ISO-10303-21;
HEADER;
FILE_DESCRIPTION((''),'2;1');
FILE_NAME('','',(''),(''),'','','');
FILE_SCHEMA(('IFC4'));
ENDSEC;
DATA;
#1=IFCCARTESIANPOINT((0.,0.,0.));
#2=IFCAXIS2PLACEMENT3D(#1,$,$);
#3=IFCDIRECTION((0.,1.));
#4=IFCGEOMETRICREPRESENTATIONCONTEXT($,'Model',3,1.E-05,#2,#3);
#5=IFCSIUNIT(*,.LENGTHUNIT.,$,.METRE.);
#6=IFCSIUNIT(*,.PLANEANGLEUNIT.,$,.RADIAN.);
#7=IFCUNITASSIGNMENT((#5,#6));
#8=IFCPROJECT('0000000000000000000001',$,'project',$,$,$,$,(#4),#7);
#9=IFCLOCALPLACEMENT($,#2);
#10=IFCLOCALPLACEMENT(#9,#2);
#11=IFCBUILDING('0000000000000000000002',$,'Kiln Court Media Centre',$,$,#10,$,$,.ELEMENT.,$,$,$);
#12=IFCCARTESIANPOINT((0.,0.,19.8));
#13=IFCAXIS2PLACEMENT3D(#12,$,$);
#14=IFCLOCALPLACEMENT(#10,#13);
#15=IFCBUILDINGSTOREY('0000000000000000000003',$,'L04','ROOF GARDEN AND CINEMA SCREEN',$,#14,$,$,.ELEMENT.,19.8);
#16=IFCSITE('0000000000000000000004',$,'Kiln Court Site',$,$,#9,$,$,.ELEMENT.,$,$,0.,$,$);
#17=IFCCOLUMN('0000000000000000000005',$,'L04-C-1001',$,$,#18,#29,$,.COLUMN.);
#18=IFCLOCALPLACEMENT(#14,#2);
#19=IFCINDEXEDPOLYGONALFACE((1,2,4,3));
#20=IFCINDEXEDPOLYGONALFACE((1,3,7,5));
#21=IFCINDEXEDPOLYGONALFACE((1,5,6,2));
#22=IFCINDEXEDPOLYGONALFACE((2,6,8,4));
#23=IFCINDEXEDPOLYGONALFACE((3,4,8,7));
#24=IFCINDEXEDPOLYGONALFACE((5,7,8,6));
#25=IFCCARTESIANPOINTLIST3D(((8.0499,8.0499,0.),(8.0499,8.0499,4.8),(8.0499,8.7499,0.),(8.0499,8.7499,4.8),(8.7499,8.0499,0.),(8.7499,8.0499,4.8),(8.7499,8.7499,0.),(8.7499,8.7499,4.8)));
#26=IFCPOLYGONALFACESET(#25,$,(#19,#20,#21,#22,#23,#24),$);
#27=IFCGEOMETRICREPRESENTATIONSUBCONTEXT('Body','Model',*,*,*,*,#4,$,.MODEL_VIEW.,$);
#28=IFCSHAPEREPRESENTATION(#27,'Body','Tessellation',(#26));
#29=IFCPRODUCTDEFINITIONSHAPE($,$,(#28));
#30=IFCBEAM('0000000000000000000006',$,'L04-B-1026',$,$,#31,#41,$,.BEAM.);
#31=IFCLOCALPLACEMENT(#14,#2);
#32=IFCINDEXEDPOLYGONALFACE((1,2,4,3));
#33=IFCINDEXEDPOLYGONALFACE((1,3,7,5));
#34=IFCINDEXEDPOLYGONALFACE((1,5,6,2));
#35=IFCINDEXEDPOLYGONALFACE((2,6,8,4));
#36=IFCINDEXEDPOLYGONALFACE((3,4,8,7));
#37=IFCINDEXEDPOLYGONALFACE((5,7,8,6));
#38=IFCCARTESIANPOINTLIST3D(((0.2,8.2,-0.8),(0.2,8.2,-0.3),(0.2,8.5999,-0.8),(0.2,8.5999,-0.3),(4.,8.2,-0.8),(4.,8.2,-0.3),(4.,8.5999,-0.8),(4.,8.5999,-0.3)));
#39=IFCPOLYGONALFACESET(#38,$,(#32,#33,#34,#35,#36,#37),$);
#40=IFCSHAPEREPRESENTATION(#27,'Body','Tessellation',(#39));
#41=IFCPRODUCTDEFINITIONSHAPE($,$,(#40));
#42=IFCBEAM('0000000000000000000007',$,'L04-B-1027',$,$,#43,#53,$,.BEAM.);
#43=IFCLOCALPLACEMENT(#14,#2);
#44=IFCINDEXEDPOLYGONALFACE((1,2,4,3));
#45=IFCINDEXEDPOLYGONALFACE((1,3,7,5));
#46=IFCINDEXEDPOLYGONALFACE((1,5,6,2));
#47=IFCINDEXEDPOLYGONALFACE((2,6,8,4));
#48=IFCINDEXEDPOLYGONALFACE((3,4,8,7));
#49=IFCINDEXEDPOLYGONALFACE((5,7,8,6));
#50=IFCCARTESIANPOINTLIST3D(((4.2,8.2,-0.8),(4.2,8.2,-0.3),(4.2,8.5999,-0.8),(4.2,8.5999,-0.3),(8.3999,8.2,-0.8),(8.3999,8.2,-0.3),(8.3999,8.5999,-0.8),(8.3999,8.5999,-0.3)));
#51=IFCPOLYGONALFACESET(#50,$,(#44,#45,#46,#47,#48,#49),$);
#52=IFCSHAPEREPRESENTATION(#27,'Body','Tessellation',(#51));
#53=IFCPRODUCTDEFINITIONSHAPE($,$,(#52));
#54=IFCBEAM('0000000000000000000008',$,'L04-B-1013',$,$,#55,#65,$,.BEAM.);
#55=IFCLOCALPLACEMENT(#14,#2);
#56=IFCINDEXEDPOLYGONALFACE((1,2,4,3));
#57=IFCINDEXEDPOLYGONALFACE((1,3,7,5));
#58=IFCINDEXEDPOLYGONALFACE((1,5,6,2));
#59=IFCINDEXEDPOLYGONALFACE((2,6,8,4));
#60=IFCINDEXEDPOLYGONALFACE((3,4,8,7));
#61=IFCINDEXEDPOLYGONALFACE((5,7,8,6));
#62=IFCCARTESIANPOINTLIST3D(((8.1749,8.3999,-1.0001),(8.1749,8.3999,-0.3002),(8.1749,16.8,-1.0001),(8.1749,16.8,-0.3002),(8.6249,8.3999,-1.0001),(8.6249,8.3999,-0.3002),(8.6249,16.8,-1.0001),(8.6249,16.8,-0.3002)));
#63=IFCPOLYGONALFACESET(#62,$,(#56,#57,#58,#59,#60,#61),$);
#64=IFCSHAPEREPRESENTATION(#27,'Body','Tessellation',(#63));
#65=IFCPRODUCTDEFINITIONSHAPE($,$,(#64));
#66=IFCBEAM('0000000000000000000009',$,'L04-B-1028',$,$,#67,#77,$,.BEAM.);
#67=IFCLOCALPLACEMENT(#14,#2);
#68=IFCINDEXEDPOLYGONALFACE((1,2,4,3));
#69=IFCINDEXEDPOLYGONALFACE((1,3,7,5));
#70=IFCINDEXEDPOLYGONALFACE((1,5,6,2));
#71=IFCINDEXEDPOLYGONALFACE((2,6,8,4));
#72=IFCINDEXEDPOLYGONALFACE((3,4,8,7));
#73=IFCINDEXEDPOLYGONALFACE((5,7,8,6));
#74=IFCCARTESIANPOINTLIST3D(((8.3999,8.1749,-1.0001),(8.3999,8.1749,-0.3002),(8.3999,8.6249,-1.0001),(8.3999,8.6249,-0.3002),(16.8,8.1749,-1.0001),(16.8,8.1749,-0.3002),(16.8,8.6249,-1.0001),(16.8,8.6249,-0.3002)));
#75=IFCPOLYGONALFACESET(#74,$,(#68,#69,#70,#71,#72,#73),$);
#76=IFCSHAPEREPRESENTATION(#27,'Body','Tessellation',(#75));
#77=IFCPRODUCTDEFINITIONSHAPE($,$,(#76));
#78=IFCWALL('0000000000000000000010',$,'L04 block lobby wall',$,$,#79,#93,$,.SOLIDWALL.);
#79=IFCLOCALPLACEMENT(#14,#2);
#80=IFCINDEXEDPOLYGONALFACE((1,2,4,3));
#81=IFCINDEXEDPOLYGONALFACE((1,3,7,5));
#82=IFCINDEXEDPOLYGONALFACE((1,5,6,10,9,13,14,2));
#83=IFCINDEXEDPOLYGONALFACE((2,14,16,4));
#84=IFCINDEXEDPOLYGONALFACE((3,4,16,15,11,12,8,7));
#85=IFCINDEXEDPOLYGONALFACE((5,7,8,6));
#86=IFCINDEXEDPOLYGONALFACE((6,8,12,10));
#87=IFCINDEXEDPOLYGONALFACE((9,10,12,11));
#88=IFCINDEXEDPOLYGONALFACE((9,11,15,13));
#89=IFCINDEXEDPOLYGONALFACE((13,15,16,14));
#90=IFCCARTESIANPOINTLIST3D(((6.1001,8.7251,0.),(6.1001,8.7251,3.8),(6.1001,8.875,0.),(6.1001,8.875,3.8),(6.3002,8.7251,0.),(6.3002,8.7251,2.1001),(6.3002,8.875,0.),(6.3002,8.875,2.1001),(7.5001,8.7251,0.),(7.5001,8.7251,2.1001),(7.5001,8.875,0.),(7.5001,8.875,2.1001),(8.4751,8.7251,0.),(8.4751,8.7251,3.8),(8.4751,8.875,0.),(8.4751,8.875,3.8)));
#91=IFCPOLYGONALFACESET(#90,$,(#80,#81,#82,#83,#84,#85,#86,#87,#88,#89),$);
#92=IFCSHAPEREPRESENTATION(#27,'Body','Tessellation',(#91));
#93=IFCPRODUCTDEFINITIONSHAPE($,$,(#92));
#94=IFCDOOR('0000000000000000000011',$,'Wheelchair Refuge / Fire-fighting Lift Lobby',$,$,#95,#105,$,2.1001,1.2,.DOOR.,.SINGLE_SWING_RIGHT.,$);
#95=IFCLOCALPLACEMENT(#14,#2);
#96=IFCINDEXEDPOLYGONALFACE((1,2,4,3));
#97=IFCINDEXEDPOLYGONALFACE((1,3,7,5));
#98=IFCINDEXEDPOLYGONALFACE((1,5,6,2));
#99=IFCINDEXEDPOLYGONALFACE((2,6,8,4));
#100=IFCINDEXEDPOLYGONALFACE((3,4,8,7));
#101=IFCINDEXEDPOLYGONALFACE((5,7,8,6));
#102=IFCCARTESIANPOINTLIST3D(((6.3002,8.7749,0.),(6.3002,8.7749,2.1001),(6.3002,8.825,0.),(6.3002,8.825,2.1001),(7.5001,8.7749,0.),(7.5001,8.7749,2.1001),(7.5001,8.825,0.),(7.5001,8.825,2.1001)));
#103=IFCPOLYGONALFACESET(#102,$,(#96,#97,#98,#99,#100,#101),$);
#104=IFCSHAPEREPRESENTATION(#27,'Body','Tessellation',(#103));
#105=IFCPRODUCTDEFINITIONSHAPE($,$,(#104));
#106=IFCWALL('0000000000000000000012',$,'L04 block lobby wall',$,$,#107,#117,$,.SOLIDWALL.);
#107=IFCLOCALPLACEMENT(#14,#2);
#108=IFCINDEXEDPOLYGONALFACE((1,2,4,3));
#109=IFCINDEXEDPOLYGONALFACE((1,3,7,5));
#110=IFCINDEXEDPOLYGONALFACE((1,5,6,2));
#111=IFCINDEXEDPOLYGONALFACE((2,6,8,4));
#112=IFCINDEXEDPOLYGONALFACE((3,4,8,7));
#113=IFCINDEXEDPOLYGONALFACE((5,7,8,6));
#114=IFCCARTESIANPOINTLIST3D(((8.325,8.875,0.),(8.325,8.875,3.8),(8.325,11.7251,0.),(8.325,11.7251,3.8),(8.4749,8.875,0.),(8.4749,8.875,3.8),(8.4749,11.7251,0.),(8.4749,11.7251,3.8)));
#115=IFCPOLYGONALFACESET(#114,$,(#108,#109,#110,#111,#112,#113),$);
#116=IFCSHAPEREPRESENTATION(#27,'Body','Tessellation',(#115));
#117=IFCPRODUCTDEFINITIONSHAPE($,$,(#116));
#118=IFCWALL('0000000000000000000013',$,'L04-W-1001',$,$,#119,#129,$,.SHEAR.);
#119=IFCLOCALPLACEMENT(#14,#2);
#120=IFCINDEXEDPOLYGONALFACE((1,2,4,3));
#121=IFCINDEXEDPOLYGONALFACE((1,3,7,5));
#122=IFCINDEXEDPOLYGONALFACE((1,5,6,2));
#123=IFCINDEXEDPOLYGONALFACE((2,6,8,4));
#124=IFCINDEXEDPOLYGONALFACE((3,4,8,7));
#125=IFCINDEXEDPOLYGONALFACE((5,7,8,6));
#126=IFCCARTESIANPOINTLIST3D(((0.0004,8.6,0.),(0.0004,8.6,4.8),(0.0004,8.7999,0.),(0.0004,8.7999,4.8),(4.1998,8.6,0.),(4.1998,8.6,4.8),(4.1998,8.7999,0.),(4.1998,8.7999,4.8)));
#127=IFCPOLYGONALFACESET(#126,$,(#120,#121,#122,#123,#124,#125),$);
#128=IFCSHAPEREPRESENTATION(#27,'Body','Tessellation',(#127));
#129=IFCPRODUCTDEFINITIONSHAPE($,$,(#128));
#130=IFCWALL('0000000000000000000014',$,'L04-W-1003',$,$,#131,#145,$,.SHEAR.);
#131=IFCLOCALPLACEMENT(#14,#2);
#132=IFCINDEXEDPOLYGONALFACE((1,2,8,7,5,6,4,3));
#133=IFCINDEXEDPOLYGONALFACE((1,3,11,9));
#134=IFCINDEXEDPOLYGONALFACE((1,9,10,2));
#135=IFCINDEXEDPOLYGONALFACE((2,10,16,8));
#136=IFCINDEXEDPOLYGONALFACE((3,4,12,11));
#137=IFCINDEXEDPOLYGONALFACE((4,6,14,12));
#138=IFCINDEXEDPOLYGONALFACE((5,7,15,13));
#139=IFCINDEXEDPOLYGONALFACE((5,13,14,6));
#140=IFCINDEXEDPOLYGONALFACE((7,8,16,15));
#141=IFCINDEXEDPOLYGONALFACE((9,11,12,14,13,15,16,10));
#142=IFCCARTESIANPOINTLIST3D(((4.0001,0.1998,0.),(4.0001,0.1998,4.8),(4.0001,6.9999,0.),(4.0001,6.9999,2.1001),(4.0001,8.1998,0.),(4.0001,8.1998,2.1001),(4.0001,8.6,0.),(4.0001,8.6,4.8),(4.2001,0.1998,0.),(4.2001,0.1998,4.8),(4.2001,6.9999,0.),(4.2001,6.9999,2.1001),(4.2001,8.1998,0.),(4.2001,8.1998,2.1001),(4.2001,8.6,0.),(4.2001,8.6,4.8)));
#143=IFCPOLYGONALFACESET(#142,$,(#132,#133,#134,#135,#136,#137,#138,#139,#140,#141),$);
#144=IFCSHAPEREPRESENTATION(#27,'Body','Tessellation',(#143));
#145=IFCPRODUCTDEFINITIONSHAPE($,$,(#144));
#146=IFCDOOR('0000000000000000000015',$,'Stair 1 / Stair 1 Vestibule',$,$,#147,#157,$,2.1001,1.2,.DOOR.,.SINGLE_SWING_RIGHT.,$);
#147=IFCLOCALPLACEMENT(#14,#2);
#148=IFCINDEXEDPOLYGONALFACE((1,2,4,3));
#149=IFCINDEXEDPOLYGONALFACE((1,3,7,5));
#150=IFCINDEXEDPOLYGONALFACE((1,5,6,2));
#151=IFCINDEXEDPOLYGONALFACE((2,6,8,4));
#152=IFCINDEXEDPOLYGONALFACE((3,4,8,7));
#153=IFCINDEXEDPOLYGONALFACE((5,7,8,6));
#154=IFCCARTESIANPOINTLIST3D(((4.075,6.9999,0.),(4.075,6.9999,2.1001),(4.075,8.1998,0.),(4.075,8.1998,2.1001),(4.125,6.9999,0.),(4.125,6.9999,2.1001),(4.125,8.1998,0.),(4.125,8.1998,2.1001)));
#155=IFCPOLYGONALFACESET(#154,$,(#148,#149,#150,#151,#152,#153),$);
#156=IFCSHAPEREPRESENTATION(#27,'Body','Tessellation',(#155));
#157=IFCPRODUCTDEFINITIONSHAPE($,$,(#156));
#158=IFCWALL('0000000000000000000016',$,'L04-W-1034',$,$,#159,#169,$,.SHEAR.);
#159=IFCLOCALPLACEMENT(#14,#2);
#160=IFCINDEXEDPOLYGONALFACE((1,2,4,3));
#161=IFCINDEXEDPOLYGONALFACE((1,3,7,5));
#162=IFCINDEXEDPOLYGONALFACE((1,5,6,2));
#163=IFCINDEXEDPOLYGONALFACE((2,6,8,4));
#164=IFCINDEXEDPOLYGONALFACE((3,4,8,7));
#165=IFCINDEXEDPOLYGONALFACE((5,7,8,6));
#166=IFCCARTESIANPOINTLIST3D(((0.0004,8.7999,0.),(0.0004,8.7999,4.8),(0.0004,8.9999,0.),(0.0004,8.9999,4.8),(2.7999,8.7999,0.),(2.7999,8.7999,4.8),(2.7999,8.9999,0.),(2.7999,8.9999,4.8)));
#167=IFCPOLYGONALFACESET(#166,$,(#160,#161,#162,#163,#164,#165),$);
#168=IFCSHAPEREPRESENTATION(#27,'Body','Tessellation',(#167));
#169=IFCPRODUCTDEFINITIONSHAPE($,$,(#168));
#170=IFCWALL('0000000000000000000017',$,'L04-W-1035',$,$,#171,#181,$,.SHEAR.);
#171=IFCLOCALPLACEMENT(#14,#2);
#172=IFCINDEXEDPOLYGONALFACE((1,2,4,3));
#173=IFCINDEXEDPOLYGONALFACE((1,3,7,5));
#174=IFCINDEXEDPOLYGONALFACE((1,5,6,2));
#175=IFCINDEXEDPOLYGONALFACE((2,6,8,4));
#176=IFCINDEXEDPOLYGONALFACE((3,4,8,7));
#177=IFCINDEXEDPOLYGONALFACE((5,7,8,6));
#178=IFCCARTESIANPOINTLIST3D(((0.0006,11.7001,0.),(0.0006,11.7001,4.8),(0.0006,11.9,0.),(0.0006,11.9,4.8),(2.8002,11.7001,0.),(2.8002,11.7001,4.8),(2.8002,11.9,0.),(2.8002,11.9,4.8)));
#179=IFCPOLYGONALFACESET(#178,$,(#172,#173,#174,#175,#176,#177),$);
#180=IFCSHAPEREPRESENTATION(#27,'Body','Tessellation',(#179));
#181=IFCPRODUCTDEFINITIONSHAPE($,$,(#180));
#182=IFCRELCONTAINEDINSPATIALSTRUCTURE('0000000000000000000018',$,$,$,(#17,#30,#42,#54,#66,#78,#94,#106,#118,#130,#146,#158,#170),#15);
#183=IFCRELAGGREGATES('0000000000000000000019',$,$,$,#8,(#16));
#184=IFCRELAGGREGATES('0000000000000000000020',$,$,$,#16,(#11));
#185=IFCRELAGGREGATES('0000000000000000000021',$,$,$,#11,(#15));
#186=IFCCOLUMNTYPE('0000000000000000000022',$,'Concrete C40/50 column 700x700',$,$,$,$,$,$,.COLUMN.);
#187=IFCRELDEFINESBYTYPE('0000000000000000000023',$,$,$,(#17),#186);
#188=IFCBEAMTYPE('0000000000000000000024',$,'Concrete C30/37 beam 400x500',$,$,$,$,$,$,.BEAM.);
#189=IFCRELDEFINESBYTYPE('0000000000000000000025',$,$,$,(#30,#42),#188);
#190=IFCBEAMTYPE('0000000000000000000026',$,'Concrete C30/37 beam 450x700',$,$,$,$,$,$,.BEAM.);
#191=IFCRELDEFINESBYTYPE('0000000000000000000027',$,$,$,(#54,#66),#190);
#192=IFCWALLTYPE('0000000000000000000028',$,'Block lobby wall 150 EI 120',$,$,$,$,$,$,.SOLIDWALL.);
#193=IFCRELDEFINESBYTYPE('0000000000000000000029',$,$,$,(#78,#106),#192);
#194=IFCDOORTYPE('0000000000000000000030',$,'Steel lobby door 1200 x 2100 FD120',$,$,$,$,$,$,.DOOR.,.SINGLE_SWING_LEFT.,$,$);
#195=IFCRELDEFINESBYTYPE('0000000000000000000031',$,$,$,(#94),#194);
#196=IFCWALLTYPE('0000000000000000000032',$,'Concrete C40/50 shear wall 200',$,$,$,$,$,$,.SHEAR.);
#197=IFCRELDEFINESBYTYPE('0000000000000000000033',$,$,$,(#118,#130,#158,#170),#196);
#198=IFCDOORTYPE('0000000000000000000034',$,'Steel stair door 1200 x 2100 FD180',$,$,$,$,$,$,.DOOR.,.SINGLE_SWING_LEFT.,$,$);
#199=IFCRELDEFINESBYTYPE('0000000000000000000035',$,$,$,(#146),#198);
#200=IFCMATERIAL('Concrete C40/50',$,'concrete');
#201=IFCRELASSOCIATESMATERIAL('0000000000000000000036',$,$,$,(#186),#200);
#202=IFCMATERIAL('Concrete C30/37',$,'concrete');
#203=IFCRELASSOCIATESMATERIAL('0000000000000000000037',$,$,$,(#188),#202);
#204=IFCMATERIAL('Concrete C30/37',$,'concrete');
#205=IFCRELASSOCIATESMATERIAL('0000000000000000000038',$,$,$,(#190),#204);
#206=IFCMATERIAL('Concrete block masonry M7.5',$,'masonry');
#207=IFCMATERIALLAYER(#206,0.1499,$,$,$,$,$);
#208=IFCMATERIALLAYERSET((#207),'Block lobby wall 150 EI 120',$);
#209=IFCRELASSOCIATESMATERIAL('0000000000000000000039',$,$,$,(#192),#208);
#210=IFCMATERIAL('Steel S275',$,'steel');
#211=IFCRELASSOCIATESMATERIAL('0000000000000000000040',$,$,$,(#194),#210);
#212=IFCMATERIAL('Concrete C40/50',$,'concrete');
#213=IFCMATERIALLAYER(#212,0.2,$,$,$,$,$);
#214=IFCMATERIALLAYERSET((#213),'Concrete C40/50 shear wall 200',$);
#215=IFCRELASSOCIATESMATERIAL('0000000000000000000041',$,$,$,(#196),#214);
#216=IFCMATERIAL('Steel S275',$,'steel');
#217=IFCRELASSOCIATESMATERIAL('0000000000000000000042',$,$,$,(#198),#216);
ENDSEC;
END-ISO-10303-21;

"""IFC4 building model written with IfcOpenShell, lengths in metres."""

from ifc_helpers import new_model, si_unit, direction, frame, frame_2d, origin, origin_2d, place, context, subcontext, project, spatial, rectangle, extrude, material, layer, layer_set, material_profile, profile_set, type_object, element, fill, save


model = new_model("IFC4")

# Units and contexts
model_context = context("Model", 3, precision=1e-05, world=origin(), true_north=direction((0.0, 1.0)))
body_context = subcontext(model_context, "Body", "Model", "MODEL_VIEW")
ifc_project = project(units=[si_unit("LENGTHUNIT", "METRE"), si_unit("PLANEANGLEUNIT", "RADIAN")], contexts=[model_context])

# Site, building, storey
site_placement = place(None, origin())
site = spatial("IfcSite", under=ifc_project, at=site_placement, Name="Kiln Court Site", CompositionType="ELEMENT", RefElevation=0.0)
building_placement = place(site_placement, origin())
building = spatial("IfcBuilding", under=site, at=building_placement, Name="Kiln Court Media Centre", CompositionType="ELEMENT")
storey_placement = place(building_placement, frame((0.0, 0.0, 19.8)))
storey = spatial("IfcBuildingStorey", under=building, at=storey_placement, Name="L04", Description="ROOF GARDEN AND CINEMA SCREEN", CompositionType="ELEMENT", Elevation=19.8)

# Column
ifc_material_1 = material(Name="Concrete C40/50", Category="concrete")
ifc_material_profile_1 = material_profile(ifc_material_1, rectangle(XDim=0.7, YDim=0.7, at=origin_2d()), Name="RC 700x700")
ifc_profile_set_1 = profile_set([ifc_material_profile_1], Name="Concrete C40/50")
column_type = type_object("IfcColumnType", Name="Concrete C40/50 column 700x700", PredefinedType="COLUMN", material=ifc_profile_set_1)
column_placement = place(storey_placement, frame((8.3999, 8.3999, 0.0), z_axis=(0.0, 0.0, 1.0), x_axis=(1.0, 0.0, 0.0)))
element("IfcColumn", 1, at=column_placement, inside=storey, type_object=column_type, Name="L04-C-1001", PredefinedType="COLUMN", context=body_context, shape_type="SweptSolid", body=[
    extrude(rectangle(XDim=0.7, YDim=0.7, at=origin_2d()), origin(), (0.0, 0.0, 1.0), 4.8),
])

# Beams
ifc_material_2 = material(Name="Concrete C30/37", Category="concrete")
ifc_material_profile_2 = material_profile(ifc_material_2, rectangle(XDim=0.3999, YDim=0.5, at=origin_2d()), Name="RC 400x500")
ifc_profile_set_2 = profile_set([ifc_material_profile_2], Name="Concrete C30/37")
beam_type_1 = type_object("IfcBeamType", Name="Concrete C30/37 beam 400x500", PredefinedType="BEAM", material=ifc_profile_set_2)
beam_1_placement = place(storey_placement, frame((0.2, 8.3999, -0.55), z_axis=(1.0, 0.0, 0.0), x_axis=(0.0, 1.0, 0.0)))
element("IfcBeam", 2, at=beam_1_placement, inside=storey, type_object=beam_type_1, Name="L04-B-1026", PredefinedType="BEAM", context=body_context, shape_type="SweptSolid", body=[
    extrude(rectangle(XDim=0.3999, YDim=0.5, at=origin_2d()), origin(), (0.0, 0.0, 1.0), 3.8),
])
beam_2_placement = place(storey_placement, frame((4.2, 8.3999, -0.55), z_axis=(1.0, 0.0, 0.0), x_axis=(0.0, 1.0, 0.0)))
element("IfcBeam", 3, at=beam_2_placement, inside=storey, type_object=beam_type_1, Name="L04-B-1027", PredefinedType="BEAM", context=body_context, shape_type="SweptSolid", body=[
    extrude(rectangle(XDim=0.3999, YDim=0.5, at=origin_2d()), origin(), (0.0, 0.0, 1.0), 4.2),
])
ifc_material_3 = material(Name="Concrete C30/37", Category="concrete")
ifc_material_profile_3 = material_profile(ifc_material_3, rectangle(XDim=0.45, YDim=0.7, at=origin_2d()), Name="RC 450x700")
ifc_profile_set_3 = profile_set([ifc_material_profile_3], Name="Concrete C30/37")
beam_type_2 = type_object("IfcBeamType", Name="Concrete C30/37 beam 450x700", PredefinedType="BEAM", material=ifc_profile_set_3)
for number, where, z_axis, x_axis, name in (
    (4, (8.3999, 8.3999, -0.6501), (0.0, 1.0, 0.0), (-1.0, 0.0, 0.0), "L04-B-1013"),
    (5, (8.3999, 8.3999, -0.6501), (1.0, 0.0, 0.0), (0.0, 1.0, 0.0), "L04-B-1028"),
):
    element("IfcBeam", number, at=place(storey_placement, frame(where, z_axis=z_axis, x_axis=x_axis)), inside=storey, type_object=beam_type_2, Name=name, PredefinedType="BEAM", context=body_context, shape_type="SweptSolid", body=[
        extrude(rectangle(XDim=0.45, YDim=0.7, at=origin_2d()), origin(), (0.0, 0.0, 1.0), 8.4001),
    ])

# Wall, opening, door
ifc_material_4 = material(Name="Concrete block masonry M7.5", Category="masonry")
ifc_layer_1 = layer(ifc_material_4, 0.1499)
ifc_layer_set_1 = layer_set([ifc_layer_1], Name="Block lobby wall 150 EI 120")
wall_type_1 = type_object("IfcWallType", Name="Block lobby wall 150 EI 120", PredefinedType="SOLIDWALL", material=ifc_layer_set_1)
wall_1_placement = place(storey_placement, frame((6.1001, 8.8, 0.0), z_axis=(0.0, 0.0, 1.0), x_axis=(1.0, 0.0, 0.0)))
wall_1 = element("IfcWall", 6, at=wall_1_placement, inside=storey, type_object=wall_type_1, Name="L04 block lobby wall", PredefinedType="SOLIDWALL", context=body_context, shape_type="SweptSolid", body=[
    extrude(rectangle(XDim=2.375, YDim=0.1499, at=frame_2d((1.1875, 0.0))), origin(), (0.0, 0.0, 1.0), 3.8),
])
opening_1_placement = place(wall_1_placement, frame((0.2, 0.0, 0.0)))
opening_1 = element("IfcOpeningElement", 7, at=opening_1_placement, cuts=wall_1, PredefinedType="OPENING", context=body_context, shape_type="SweptSolid", body=[
    extrude(rectangle(XDim=1.2, YDim=2.1001, at=frame_2d((0.6001, 1.05))), frame((0.0, 0.085, 0.0), z_axis=(0.0, -1.0, 0.0), x_axis=(1.0, 0.0, 0.0)), (0.0, 0.0, 1.0), 0.1699),
])
ifc_material_5 = material(Name="Steel S275", Category="steel")
door_type_1 = type_object("IfcDoorType", Name="Steel lobby door 1200 x 2100 FD120", OperationType="SINGLE_SWING_LEFT", PredefinedType="DOOR", material=ifc_material_5)
door_1_placement = place(opening_1_placement, origin())
door_1 = element("IfcDoor", 8, at=door_1_placement, inside=storey, type_object=door_type_1, Name="Wheelchair Refuge / Fire-fighting Lift Lobby", OperationType="SINGLE_SWING_RIGHT", OverallHeight=2.1001, OverallWidth=1.2, PredefinedType="DOOR", context=body_context, shape_type="SweptSolid", body=[
    extrude(rectangle(XDim=1.2, YDim=2.1001, at=frame_2d((0.6001, 1.05))), frame((0.0, 0.0249, 0.0), z_axis=(0.0, -1.0, 0.0), x_axis=(1.0, 0.0, 0.0)), (0.0, 0.0, 1.0), 0.05),
])
fill(opening_1, door_1)

# Walls
wall_2_placement = place(storey_placement, frame((8.3999, 8.875, 0.0), z_axis=(0.0, 0.0, 1.0), x_axis=(0.0, 1.0, 0.0)))
element("IfcWall", 9, at=wall_2_placement, inside=storey, type_object=wall_type_1, Name="L04 block lobby wall", PredefinedType="SOLIDWALL", context=body_context, shape_type="SweptSolid", body=[
    extrude(rectangle(XDim=2.8501, YDim=0.1499, at=frame_2d((1.425, 0.0))), origin(), (0.0, 0.0, 1.0), 3.8),
])
ifc_material_6 = material(Name="Concrete C40/50", Category="concrete")
ifc_layer_2 = layer(ifc_material_6, 0.2)
ifc_layer_set_2 = layer_set([ifc_layer_2], Name="Concrete C40/50 shear wall 200")
wall_type_2 = type_object("IfcWallType", Name="Concrete C40/50 shear wall 200", PredefinedType="SHEAR", material=ifc_layer_set_2)
wall_3_placement = place(storey_placement, frame((0.0005, 8.7, 0.0), z_axis=(0.0, 0.0, 1.0), x_axis=(1.0, 0.0, 0.0)))
element("IfcWall", 10, at=wall_3_placement, inside=storey, type_object=wall_type_2, Name="L04-W-1001", PredefinedType="SHEAR", context=body_context, shape_type="SweptSolid", body=[
    extrude(rectangle(XDim=4.1995, YDim=0.2, at=frame_2d((2.0996, 0.0))), origin(), (0.0, 0.0, 1.0), 4.8),
])

# Wall, opening, door
wall_4_placement = place(storey_placement, frame((4.1001, 8.6001, 0.0), z_axis=(0.0, 0.0, 1.0), x_axis=(0.0, -1.0, 0.0)))
wall_4 = element("IfcWall", 11, at=wall_4_placement, inside=storey, type_object=wall_type_2, Name="L04-W-1003", PredefinedType="SHEAR", context=body_context, shape_type="SweptSolid", body=[
    extrude(rectangle(XDim=8.4001, YDim=0.2, at=frame_2d((4.2002, 0.0))), origin(), (0.0, 0.0, 1.0), 4.8),
])
opening_2_placement = place(wall_4_placement, frame((0.4001, 0.0, 0.0)))
opening_2 = element("IfcOpeningElement", 12, at=opening_2_placement, cuts=wall_4, PredefinedType="OPENING", context=body_context, shape_type="SweptSolid", body=[
    extrude(rectangle(XDim=1.2, YDim=2.1001, at=frame_2d((0.6001, 1.05))), frame((0.0, 0.1099, 0.0), z_axis=(0.0, -1.0, 0.0), x_axis=(1.0, 0.0, 0.0)), (0.0, 0.0, 1.0), 0.22),
])
ifc_material_7 = material(Name="Steel S275", Category="steel")
door_type_2 = type_object("IfcDoorType", Name="Steel stair door 1200 x 2100 FD180", OperationType="SINGLE_SWING_LEFT", PredefinedType="DOOR", material=ifc_material_7)
door_2_placement = place(opening_2_placement, origin())
door_2 = element("IfcDoor", 13, at=door_2_placement, inside=storey, type_object=door_type_2, Name="Stair 1 / Stair 1 Vestibule", OperationType="SINGLE_SWING_RIGHT", OverallHeight=2.1001, OverallWidth=1.2, PredefinedType="DOOR", context=body_context, shape_type="SweptSolid", body=[
    extrude(rectangle(XDim=1.2, YDim=2.1001, at=frame_2d((0.6001, 1.05))), frame((0.0, 0.0249, 0.0), z_axis=(0.0, -1.0, 0.0), x_axis=(1.0, 0.0, 0.0)), (0.0, 0.0, 1.0), 0.05),
])
fill(opening_2, door_2)

# Walls
for number, where, z_axis, x_axis, name in (
    (14, (2.8, 8.8999, 0.0), (0.0, 0.0, 1.0), (-1.0, 0.0, 0.0), "L04-W-1034"),
    (15, (0.0005, 11.8, 0.0), (0.0, 0.0, 1.0), (1.0, 0.0, 0.0), "L04-W-1035"),
):
    element("IfcWall", number, at=place(storey_placement, frame(where, z_axis=z_axis, x_axis=x_axis)), inside=storey, type_object=wall_type_2, Name=name, PredefinedType="SHEAR", context=body_context, shape_type="SweptSolid", body=[
        extrude(rectangle(XDim=2.7996, YDim=0.2, at=frame_2d((1.3999, 0.0))), origin(), (0.0, 0.0, 1.0), 4.8),
    ])

save(model, "model.ifc")
